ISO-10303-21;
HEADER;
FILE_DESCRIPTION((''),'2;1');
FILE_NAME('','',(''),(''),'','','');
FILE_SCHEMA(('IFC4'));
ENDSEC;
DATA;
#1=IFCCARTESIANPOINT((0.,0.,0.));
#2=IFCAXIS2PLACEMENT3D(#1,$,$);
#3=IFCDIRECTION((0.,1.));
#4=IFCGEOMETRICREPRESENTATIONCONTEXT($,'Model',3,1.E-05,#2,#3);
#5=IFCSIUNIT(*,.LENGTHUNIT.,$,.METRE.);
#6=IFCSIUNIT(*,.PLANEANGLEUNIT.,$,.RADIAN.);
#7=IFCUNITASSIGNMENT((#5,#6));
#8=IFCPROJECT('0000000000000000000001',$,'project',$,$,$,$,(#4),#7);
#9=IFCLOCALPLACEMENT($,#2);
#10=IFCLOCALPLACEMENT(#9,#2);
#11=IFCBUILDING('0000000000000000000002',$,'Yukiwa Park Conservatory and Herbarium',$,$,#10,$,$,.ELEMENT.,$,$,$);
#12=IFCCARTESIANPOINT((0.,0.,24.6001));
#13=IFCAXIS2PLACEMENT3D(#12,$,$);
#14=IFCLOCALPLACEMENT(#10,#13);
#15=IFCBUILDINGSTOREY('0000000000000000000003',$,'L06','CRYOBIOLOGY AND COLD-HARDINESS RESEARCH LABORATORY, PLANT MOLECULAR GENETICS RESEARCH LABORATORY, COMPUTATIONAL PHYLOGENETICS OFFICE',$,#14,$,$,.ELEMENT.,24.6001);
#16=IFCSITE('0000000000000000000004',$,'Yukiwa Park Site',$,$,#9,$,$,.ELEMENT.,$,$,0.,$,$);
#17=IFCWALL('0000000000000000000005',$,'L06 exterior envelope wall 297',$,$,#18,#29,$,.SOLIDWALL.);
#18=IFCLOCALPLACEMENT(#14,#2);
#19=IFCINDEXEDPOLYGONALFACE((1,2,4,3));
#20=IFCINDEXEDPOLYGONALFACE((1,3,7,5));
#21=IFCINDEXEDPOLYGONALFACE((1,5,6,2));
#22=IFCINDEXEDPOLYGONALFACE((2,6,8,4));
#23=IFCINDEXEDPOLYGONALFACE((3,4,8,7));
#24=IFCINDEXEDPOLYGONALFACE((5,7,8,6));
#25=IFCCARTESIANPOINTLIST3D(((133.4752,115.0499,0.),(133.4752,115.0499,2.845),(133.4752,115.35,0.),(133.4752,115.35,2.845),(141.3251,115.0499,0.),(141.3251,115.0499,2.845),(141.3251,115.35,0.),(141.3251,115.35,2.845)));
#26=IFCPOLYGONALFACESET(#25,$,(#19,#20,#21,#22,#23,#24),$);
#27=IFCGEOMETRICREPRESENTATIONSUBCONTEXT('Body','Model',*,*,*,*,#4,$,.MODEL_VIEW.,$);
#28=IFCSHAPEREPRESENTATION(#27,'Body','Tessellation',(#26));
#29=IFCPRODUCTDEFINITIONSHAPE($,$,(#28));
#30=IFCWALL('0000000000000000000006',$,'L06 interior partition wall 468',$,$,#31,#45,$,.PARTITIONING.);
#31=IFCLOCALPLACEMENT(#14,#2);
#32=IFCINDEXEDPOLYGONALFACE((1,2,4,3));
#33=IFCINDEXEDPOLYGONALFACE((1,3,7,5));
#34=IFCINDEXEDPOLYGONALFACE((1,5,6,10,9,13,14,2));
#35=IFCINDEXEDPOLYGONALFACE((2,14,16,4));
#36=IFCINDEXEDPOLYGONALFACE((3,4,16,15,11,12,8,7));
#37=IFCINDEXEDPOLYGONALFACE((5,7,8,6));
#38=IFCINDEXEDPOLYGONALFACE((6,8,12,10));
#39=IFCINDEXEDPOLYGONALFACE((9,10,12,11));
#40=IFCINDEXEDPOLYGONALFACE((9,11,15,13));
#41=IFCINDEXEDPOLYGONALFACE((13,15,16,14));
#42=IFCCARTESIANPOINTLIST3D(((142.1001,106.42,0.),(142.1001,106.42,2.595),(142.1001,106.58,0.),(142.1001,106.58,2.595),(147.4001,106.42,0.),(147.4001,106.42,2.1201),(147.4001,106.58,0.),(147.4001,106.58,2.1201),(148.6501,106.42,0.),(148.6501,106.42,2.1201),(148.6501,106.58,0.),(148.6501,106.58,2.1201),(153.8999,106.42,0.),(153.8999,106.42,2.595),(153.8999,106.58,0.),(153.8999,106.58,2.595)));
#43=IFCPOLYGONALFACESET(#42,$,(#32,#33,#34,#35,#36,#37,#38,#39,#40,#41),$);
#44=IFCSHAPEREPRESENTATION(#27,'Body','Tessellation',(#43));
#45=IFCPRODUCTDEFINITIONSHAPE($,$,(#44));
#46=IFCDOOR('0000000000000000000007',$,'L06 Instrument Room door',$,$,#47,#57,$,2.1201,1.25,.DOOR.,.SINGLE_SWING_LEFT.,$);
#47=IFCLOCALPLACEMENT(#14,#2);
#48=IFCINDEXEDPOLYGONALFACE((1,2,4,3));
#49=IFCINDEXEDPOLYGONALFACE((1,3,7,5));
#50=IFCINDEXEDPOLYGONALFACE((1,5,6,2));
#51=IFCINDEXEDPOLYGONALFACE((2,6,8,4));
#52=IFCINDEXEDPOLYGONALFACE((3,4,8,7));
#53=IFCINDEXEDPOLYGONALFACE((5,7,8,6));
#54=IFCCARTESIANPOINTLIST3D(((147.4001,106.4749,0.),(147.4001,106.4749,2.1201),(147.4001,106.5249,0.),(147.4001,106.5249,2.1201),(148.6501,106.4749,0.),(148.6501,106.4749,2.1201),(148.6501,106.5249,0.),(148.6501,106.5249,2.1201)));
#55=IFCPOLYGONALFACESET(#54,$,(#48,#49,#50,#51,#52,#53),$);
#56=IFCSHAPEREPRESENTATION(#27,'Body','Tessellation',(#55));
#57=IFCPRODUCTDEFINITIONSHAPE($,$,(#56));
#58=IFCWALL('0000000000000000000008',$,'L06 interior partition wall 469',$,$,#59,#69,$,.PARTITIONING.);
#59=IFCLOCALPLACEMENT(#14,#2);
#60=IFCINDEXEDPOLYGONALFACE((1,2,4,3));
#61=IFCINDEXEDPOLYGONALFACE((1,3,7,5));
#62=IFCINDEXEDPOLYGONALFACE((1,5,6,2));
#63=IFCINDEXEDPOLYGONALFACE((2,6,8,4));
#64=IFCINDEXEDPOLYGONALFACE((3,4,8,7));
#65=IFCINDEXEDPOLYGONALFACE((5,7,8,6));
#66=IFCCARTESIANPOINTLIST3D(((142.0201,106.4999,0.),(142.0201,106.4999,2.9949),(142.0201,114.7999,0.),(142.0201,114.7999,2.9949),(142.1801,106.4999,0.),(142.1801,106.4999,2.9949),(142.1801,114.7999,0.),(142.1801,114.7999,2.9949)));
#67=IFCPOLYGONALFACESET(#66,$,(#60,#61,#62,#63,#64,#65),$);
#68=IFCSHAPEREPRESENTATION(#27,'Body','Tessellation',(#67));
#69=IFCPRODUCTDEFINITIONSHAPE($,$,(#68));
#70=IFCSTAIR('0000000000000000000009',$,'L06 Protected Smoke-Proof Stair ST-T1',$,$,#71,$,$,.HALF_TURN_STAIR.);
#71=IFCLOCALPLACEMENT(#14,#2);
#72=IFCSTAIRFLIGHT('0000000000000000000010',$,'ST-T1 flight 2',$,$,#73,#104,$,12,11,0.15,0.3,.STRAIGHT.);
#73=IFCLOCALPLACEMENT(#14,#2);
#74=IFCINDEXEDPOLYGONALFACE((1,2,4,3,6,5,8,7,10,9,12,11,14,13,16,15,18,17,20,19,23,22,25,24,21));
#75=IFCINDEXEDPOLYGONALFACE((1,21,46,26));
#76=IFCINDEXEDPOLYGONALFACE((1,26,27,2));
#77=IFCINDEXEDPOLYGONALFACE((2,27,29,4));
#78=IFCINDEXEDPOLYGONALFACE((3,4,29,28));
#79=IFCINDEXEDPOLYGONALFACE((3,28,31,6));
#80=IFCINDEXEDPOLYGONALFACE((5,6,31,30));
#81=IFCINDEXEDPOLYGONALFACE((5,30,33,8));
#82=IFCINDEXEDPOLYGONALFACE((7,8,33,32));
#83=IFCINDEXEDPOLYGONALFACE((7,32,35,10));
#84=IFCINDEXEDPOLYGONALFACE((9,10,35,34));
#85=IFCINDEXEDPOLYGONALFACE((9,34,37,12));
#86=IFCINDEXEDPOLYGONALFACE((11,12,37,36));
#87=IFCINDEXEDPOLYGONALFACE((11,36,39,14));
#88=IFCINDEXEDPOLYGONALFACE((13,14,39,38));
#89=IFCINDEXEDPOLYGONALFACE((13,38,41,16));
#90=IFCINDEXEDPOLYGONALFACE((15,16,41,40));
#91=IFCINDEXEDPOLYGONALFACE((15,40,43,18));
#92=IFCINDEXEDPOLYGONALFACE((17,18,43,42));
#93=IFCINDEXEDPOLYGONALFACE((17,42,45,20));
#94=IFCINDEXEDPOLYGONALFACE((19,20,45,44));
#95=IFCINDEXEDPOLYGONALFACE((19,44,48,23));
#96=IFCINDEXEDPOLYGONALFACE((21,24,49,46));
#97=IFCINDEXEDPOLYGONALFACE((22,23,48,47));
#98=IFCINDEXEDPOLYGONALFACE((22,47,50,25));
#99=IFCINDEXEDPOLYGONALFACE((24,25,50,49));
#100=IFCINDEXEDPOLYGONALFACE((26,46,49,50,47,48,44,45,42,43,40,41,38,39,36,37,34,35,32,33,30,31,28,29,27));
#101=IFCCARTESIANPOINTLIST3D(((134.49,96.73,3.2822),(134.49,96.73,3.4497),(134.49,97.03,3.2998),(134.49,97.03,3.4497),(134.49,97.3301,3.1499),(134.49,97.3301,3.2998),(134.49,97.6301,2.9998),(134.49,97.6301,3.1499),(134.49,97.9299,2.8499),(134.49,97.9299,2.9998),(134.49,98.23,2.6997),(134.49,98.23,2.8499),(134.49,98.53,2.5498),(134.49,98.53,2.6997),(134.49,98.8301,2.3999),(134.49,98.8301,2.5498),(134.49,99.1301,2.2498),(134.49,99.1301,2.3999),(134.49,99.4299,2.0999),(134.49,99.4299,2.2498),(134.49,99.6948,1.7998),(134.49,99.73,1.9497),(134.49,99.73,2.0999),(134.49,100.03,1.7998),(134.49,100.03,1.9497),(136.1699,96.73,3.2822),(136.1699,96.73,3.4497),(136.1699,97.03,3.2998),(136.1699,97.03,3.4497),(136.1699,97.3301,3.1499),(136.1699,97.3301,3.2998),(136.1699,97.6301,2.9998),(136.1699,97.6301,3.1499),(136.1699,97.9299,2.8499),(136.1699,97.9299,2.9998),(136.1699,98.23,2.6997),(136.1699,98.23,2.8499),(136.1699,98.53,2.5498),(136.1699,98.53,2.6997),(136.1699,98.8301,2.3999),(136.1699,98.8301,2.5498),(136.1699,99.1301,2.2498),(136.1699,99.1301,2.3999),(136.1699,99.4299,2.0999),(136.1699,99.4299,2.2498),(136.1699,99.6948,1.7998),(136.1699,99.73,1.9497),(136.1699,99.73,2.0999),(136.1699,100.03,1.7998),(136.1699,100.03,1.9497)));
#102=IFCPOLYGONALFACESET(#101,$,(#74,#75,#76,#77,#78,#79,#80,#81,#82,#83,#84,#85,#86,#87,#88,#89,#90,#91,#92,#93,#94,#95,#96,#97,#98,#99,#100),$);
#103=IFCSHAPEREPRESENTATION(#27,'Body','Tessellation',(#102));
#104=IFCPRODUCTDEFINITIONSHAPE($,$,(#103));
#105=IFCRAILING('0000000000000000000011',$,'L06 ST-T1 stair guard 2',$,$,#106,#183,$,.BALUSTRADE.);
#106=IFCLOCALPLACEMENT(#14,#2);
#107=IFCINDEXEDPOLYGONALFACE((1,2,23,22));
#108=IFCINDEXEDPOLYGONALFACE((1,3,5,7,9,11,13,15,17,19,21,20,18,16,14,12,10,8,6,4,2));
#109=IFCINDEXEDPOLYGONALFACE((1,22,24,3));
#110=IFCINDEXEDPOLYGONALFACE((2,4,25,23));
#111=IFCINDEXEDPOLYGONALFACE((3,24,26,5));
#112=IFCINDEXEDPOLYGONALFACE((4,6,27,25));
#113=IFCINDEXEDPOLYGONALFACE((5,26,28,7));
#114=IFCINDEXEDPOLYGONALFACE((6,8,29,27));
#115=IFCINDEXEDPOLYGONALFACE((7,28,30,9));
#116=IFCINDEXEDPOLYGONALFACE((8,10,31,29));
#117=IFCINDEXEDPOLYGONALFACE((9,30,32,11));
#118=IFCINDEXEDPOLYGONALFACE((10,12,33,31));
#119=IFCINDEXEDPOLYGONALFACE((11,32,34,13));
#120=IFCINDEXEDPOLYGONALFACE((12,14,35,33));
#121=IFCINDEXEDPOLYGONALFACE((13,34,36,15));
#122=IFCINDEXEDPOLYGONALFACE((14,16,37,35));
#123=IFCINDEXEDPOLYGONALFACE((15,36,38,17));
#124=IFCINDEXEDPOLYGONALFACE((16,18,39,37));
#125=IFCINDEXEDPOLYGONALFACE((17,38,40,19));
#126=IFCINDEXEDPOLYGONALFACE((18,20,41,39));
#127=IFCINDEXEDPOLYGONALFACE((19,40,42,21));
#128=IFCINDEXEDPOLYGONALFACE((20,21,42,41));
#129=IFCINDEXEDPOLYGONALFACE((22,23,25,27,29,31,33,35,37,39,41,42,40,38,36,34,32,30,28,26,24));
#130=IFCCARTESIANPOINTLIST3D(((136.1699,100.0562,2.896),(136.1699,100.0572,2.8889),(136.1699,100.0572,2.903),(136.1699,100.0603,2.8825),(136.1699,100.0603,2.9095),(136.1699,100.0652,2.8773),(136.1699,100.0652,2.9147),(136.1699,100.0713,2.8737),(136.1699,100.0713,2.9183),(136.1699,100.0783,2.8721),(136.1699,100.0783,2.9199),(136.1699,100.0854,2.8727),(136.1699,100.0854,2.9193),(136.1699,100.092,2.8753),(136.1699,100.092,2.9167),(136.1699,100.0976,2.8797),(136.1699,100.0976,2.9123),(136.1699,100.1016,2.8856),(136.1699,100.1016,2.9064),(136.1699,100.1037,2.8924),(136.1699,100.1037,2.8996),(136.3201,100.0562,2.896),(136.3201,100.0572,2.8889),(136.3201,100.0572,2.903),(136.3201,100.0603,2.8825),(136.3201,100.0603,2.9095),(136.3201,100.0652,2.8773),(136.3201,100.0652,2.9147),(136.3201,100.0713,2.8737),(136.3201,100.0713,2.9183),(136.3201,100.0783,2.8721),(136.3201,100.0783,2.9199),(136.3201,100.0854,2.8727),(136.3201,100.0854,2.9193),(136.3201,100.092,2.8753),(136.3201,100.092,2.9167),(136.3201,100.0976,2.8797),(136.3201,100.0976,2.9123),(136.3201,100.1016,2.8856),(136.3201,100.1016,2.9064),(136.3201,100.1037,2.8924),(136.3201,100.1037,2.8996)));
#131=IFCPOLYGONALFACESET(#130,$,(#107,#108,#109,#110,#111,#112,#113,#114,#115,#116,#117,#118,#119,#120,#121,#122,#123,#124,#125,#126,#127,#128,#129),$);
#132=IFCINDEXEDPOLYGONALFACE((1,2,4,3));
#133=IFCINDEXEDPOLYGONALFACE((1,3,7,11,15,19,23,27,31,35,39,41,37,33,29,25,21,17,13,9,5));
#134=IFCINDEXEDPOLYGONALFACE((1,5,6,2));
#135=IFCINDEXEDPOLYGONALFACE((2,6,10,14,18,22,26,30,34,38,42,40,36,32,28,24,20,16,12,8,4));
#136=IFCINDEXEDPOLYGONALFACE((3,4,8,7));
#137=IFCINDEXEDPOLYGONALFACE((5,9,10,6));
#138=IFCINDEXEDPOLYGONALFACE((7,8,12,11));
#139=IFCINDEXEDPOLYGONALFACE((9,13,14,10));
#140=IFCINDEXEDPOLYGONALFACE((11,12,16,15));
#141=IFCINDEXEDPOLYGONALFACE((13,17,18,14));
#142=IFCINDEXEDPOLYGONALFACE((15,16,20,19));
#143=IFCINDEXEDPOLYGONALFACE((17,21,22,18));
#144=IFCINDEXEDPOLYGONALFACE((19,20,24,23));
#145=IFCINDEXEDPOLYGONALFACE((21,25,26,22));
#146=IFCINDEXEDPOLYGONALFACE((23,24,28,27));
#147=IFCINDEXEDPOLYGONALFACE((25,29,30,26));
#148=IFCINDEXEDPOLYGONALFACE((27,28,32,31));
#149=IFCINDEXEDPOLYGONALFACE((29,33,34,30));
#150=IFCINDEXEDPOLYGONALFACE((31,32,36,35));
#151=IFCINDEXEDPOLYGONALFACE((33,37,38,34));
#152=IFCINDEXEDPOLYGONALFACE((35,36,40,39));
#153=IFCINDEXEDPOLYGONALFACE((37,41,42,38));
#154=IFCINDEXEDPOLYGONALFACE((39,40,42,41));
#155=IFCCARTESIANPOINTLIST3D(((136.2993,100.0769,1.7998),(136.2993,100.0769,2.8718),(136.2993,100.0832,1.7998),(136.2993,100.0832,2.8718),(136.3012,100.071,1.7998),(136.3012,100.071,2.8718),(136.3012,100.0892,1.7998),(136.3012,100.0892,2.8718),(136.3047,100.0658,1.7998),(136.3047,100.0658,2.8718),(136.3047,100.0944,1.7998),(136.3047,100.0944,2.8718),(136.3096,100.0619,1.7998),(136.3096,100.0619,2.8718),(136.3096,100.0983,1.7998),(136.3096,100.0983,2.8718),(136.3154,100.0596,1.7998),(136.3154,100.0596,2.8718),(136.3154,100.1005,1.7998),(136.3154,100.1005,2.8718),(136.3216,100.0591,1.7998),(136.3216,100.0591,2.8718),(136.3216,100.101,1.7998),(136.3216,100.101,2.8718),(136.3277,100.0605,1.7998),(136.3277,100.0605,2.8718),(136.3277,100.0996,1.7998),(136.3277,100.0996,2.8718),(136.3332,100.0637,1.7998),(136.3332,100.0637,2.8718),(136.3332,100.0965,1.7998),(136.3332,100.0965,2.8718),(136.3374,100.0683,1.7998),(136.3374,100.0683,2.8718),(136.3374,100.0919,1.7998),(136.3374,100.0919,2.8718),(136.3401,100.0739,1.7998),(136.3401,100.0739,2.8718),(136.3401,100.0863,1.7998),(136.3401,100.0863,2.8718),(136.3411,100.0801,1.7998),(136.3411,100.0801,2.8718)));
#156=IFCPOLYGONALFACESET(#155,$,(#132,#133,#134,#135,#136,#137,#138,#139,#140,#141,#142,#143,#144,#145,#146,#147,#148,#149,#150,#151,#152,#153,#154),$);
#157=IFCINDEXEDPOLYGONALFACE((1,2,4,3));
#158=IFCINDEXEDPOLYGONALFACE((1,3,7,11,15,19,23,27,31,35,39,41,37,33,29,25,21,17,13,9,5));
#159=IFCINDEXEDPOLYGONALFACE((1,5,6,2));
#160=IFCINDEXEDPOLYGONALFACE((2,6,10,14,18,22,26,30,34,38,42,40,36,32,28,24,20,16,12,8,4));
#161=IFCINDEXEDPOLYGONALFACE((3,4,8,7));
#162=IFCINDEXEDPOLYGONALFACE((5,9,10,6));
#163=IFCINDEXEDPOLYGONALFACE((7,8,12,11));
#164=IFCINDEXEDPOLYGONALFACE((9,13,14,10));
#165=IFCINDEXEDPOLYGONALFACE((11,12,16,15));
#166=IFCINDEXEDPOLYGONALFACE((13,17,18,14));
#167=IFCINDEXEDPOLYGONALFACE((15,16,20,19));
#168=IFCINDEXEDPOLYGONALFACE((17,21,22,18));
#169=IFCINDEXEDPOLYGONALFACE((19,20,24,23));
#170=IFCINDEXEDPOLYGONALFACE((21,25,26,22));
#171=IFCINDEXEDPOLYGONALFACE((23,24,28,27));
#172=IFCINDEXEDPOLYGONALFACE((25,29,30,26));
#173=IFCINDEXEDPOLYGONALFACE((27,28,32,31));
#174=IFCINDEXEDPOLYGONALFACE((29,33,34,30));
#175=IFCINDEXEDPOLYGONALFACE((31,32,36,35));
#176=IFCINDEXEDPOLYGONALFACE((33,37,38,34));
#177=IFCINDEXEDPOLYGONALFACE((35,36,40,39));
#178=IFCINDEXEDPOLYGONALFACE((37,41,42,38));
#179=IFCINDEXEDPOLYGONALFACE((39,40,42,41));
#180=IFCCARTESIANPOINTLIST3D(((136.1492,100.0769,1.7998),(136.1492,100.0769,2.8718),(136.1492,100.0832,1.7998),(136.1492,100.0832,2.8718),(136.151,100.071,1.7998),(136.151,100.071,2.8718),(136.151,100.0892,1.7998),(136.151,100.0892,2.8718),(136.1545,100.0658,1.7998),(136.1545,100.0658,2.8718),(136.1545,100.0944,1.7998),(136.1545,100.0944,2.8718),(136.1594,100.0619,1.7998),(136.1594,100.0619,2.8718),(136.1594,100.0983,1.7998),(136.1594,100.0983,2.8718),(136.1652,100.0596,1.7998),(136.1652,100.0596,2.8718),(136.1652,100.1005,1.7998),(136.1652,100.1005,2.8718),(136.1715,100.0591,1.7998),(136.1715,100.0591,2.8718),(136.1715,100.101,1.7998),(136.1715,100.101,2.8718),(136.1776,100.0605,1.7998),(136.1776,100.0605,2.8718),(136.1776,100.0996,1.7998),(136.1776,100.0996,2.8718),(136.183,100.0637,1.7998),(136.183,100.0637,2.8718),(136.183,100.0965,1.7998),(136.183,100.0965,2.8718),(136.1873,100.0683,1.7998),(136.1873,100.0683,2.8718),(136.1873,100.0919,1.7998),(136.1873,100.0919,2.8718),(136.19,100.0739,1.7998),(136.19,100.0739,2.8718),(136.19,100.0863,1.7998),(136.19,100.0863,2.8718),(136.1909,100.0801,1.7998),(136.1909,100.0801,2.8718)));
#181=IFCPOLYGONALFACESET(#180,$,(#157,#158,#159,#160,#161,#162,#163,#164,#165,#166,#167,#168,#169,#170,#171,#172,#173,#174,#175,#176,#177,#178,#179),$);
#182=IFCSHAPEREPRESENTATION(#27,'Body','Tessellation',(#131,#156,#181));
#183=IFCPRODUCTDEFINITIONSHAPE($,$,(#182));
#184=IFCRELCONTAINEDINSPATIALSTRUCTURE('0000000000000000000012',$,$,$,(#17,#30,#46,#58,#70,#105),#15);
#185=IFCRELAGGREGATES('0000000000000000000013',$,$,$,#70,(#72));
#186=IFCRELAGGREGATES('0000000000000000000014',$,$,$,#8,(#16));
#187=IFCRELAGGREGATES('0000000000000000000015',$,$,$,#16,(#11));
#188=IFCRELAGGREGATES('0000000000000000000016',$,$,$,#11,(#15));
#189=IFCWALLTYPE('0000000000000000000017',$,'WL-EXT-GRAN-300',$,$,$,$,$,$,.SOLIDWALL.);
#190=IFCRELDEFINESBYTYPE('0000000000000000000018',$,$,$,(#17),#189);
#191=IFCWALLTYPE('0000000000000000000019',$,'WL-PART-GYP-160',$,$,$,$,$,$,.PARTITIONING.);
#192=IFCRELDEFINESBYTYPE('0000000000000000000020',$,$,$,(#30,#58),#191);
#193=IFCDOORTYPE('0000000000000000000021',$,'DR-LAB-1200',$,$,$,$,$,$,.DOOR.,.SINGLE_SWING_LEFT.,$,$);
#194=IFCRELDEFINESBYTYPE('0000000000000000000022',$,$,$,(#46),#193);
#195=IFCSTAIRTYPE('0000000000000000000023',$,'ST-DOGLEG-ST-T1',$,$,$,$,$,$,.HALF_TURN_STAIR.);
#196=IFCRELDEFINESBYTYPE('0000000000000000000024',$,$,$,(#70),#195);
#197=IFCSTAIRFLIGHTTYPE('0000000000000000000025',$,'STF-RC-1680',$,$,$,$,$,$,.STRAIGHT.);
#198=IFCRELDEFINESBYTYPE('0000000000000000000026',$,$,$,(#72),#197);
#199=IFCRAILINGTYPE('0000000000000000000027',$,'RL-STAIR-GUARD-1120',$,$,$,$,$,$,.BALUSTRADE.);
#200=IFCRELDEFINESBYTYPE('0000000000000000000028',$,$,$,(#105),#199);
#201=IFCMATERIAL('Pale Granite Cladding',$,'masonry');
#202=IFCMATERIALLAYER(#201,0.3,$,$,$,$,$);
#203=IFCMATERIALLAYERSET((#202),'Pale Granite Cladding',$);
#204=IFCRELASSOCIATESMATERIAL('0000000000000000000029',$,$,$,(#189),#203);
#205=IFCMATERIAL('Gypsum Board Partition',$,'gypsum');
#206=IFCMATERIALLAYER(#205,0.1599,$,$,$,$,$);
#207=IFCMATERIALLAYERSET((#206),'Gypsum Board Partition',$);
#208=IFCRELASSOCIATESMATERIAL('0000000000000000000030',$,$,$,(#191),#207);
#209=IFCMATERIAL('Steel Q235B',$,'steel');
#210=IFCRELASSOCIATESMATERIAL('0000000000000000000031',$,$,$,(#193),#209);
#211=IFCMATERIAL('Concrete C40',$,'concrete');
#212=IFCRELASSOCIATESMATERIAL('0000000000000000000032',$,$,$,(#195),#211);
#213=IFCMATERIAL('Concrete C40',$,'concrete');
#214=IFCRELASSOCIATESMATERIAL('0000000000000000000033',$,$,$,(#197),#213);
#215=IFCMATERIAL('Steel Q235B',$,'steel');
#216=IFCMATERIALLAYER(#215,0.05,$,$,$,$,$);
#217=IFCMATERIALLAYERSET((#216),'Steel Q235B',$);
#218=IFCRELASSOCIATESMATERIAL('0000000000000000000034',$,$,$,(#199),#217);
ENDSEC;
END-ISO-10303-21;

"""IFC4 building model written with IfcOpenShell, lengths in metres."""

from ifc_helpers import new_model, si_unit, direction, frame, frame_2d, origin, origin_2d, place, context, subcontext, project, spatial, polyline, rectangle, circle, outline, extrude, material, layer, layer_set, type_object, element, fill, aggregate, save


model = new_model("IFC4")

# Units and contexts
model_context = context("Model", 3, precision=1e-05, world=origin(), true_north=direction((0.0, 1.0)))
body_context = subcontext(model_context, "Body", "Model", "MODEL_VIEW")
ifc_project = project(units=[si_unit("LENGTHUNIT", "METRE"), si_unit("PLANEANGLEUNIT", "RADIAN")], contexts=[model_context])

# Site, building, storey
site_placement = place(None, origin())
site = spatial("IfcSite", under=ifc_project, at=site_placement, Name="Yukiwa Park Site", CompositionType="ELEMENT", RefElevation=0.0)
building_placement = place(site_placement, origin())
building = spatial("IfcBuilding", under=site, at=building_placement, Name="Yukiwa Park Conservatory and Herbarium", CompositionType="ELEMENT")
storey_placement = place(building_placement, frame((0.0, 0.0, 24.6001)))
storey = spatial("IfcBuildingStorey", under=building, at=storey_placement, Name="L06", Description="CRYOBIOLOGY AND COLD-HARDINESS RESEARCH LABORATORY, PLANT MOLECULAR GENETICS RESEARCH LABORATORY, COMPUTATIONAL PHYLOGENETICS OFFICE", CompositionType="ELEMENT", Elevation=24.6001)

# Wall
ifc_material_1 = material(Name="Pale Granite Cladding", Category="masonry")
ifc_layer_1 = layer(ifc_material_1, 0.3)
ifc_layer_set_1 = layer_set([ifc_layer_1], Name="Pale Granite Cladding")
wall_type_1 = type_object("IfcWallType", Name="WL-EXT-GRAN-300", PredefinedType="SOLIDWALL", material=ifc_layer_set_1)
wall_1_placement = place(storey_placement, frame((141.325, 115.2, 0.0), z_axis=(0.0, 0.0, 1.0), x_axis=(-1.0, 0.0, 0.0)))
element("IfcWall", 1, at=wall_1_placement, inside=storey, type_object=wall_type_1, Name="L06 exterior envelope wall 297", PredefinedType="SOLIDWALL", context=body_context, shape_type="SweptSolid", body=[
    extrude(rectangle(XDim=7.8499, YDim=0.3, at=frame_2d((3.9248, 0.0))), origin(), (0.0, 0.0, 1.0), 2.845),
])

# Wall, opening, door
ifc_material_2 = material(Name="Gypsum Board Partition", Category="gypsum")
ifc_layer_2 = layer(ifc_material_2, 0.1599)
ifc_layer_set_2 = layer_set([ifc_layer_2], Name="Gypsum Board Partition")
wall_type_2 = type_object("IfcWallType", Name="WL-PART-GYP-160", PredefinedType="PARTITIONING", material=ifc_layer_set_2)
wall_2_placement = place(storey_placement, frame((142.1001, 106.5, 0.0), z_axis=(0.0, 0.0, 1.0), x_axis=(1.0, 0.0, 0.0)))
wall_2 = element("IfcWall", 2, at=wall_2_placement, inside=storey, type_object=wall_type_2, Name="L06 interior partition wall 468", PredefinedType="PARTITIONING", context=body_context, shape_type="SweptSolid", body=[
    extrude(rectangle(XDim=11.7998, YDim=0.1599, at=frame_2d((5.8999, 0.0))), origin(), (0.0, 0.0, 1.0), 2.595),
])
opening_1_placement = place(wall_2_placement, frame((5.3, 0.0, 0.0)))
opening_1 = element("IfcOpeningElement", 3, at=opening_1_placement, cuts=wall_2, PredefinedType="OPENING", context=body_context, shape_type="SweptSolid", body=[
    extrude(rectangle(XDim=1.25, YDim=2.1201, at=frame_2d((0.625, 1.0601))), frame((0.0, 0.0898, 0.0), z_axis=(0.0, -1.0, 0.0), x_axis=(1.0, 0.0, 0.0)), (0.0, 0.0, 1.0), 0.1799),
])
ifc_material_3 = material(Name="Steel Q235B", Category="steel")
door_type_1 = type_object("IfcDoorType", Name="DR-LAB-1200", OperationType="SINGLE_SWING_LEFT", PredefinedType="DOOR", material=ifc_material_3)
door_1_placement = place(opening_1_placement, origin())
door_1 = element("IfcDoor", 4, at=door_1_placement, inside=storey, type_object=door_type_1, Name="L06 Instrument Room door", OperationType="SINGLE_SWING_LEFT", OverallHeight=2.1201, OverallWidth=1.25, PredefinedType="DOOR", context=body_context, shape_type="SweptSolid", body=[
    extrude(rectangle(XDim=1.25, YDim=2.1201, at=frame_2d((0.625, 1.0601))), frame((0.0, 0.0249, 0.0), z_axis=(0.0, -1.0, 0.0), x_axis=(1.0, 0.0, 0.0)), (0.0, 0.0, 1.0), 0.05),
])
fill(opening_1, door_1)

# Wall
wall_3_placement = place(storey_placement, frame((142.1001, 106.5, 0.0), z_axis=(0.0, 0.0, 1.0), x_axis=(0.0, 1.0, 0.0)))
element("IfcWall", 5, at=wall_3_placement, inside=storey, type_object=wall_type_2, Name="L06 interior partition wall 469", PredefinedType="PARTITIONING", context=body_context, shape_type="SweptSolid", body=[
    extrude(rectangle(XDim=8.3, YDim=0.1599, at=frame_2d((4.1499, 0.0))), origin(), (0.0, 0.0, 1.0), 2.9949),
])

# Stair, stair flight
ifc_material_4 = material(Name="Concrete C40", Category="concrete")
stair_type = type_object("IfcStairType", Name="ST-DOGLEG-ST-T1", PredefinedType="HALF_TURN_STAIR", material=ifc_material_4)
stair_placement = place(storey_placement, origin())
stair = element("IfcStair", 6, at=stair_placement, inside=storey, type_object=stair_type, Name="L06 Protected Smoke-Proof Stair ST-T1", PredefinedType="HALF_TURN_STAIR")
ifc_material_5 = material(Name="Concrete C40", Category="concrete")
stair_flight_type = type_object("IfcStairFlightType", Name="STF-RC-1680", PredefinedType="STRAIGHT", material=ifc_material_5)
stair_flight_placement = place(storey_placement, frame((135.3301, 100.03, 1.7998), z_axis=(0.0, 0.0, 1.0), x_axis=(0.0, -1.0, 0.0)))
stair_flight = element("IfcStairFlight", 7, at=stair_flight_placement, type_object=stair_flight_type, Name="ST-T1 flight 2", NumberOfRisers=12, NumberOfTreads=11, PredefinedType="STRAIGHT", RiserHeight=0.15, TreadLength=0.3, context=body_context, shape_type="SweptSolid", body=[
    extrude(outline(polyline([(0.0, 0.0), (0.0, 0.1499), (0.3, 0.1499), (0.3, 0.3), (0.6001, 0.3), (0.6001, 0.45), (0.8999, 0.45), (0.8999, 0.6001), (1.2, 0.6001), (1.2, 0.75), (1.5, 0.75), (1.5, 0.8999), (1.8, 0.8999), (1.8, 1.05), (2.1001, 1.05), (2.1001, 1.2), (2.3999, 1.2), (2.3999, 1.3501), (2.7, 1.3501), (2.7, 1.5), (3.0, 1.5), (3.0, 1.6499), (3.3, 1.6499), (3.3, 1.8), (3.3, 1.4824), (0.3352, 0.0), (0.0, 0.0)])), frame((0.0, 0.8398, 0.0), z_axis=(0.0, -1.0, 0.0), x_axis=(1.0, 0.0, 0.0)), (0.0, 0.0, 1.0), 1.6799),
])
aggregate(stair, [stair_flight])

# Railing
ifc_material_6 = material(Name="Steel Q235B", Category="steel")
ifc_layer_3 = layer(ifc_material_6, 0.05)
ifc_layer_set_3 = layer_set([ifc_layer_3], Name="Steel Q235B")
railing_type_1 = type_object("IfcRailingType", Name="RL-STAIR-GUARD-1120", PredefinedType="BALUSTRADE", material=ifc_layer_set_3)
railing_1_placement = place(storey_placement, frame((136.3201, 100.0801, 1.7998)))
element("IfcRailing", 8, at=railing_1_placement, inside=storey, type_object=railing_type_1, Name="L06 ST-T1 stair guard 2", PredefinedType="BALUSTRADE", context=body_context, shape_type="SweptSolid", body=[
    extrude(circle(Radius=0.0239, at=origin_2d()), frame((0.0, 0.0, 1.0962), z_axis=(-1.0, 0.0, 0.0), x_axis=(0.0, -1.0, 0.0)), (0.0, 0.0, 1.0), 0.1501),
    extrude(circle(Radius=0.021, at=origin_2d()), origin(), (0.0, 0.0, 1.0), 1.072),
    extrude(circle(Radius=0.021, at=origin_2d()), frame((-0.1501, 0.0, 0.0)), (0.0, 0.0, 1.0), 1.072),
])

save(model, "model.ifc")
